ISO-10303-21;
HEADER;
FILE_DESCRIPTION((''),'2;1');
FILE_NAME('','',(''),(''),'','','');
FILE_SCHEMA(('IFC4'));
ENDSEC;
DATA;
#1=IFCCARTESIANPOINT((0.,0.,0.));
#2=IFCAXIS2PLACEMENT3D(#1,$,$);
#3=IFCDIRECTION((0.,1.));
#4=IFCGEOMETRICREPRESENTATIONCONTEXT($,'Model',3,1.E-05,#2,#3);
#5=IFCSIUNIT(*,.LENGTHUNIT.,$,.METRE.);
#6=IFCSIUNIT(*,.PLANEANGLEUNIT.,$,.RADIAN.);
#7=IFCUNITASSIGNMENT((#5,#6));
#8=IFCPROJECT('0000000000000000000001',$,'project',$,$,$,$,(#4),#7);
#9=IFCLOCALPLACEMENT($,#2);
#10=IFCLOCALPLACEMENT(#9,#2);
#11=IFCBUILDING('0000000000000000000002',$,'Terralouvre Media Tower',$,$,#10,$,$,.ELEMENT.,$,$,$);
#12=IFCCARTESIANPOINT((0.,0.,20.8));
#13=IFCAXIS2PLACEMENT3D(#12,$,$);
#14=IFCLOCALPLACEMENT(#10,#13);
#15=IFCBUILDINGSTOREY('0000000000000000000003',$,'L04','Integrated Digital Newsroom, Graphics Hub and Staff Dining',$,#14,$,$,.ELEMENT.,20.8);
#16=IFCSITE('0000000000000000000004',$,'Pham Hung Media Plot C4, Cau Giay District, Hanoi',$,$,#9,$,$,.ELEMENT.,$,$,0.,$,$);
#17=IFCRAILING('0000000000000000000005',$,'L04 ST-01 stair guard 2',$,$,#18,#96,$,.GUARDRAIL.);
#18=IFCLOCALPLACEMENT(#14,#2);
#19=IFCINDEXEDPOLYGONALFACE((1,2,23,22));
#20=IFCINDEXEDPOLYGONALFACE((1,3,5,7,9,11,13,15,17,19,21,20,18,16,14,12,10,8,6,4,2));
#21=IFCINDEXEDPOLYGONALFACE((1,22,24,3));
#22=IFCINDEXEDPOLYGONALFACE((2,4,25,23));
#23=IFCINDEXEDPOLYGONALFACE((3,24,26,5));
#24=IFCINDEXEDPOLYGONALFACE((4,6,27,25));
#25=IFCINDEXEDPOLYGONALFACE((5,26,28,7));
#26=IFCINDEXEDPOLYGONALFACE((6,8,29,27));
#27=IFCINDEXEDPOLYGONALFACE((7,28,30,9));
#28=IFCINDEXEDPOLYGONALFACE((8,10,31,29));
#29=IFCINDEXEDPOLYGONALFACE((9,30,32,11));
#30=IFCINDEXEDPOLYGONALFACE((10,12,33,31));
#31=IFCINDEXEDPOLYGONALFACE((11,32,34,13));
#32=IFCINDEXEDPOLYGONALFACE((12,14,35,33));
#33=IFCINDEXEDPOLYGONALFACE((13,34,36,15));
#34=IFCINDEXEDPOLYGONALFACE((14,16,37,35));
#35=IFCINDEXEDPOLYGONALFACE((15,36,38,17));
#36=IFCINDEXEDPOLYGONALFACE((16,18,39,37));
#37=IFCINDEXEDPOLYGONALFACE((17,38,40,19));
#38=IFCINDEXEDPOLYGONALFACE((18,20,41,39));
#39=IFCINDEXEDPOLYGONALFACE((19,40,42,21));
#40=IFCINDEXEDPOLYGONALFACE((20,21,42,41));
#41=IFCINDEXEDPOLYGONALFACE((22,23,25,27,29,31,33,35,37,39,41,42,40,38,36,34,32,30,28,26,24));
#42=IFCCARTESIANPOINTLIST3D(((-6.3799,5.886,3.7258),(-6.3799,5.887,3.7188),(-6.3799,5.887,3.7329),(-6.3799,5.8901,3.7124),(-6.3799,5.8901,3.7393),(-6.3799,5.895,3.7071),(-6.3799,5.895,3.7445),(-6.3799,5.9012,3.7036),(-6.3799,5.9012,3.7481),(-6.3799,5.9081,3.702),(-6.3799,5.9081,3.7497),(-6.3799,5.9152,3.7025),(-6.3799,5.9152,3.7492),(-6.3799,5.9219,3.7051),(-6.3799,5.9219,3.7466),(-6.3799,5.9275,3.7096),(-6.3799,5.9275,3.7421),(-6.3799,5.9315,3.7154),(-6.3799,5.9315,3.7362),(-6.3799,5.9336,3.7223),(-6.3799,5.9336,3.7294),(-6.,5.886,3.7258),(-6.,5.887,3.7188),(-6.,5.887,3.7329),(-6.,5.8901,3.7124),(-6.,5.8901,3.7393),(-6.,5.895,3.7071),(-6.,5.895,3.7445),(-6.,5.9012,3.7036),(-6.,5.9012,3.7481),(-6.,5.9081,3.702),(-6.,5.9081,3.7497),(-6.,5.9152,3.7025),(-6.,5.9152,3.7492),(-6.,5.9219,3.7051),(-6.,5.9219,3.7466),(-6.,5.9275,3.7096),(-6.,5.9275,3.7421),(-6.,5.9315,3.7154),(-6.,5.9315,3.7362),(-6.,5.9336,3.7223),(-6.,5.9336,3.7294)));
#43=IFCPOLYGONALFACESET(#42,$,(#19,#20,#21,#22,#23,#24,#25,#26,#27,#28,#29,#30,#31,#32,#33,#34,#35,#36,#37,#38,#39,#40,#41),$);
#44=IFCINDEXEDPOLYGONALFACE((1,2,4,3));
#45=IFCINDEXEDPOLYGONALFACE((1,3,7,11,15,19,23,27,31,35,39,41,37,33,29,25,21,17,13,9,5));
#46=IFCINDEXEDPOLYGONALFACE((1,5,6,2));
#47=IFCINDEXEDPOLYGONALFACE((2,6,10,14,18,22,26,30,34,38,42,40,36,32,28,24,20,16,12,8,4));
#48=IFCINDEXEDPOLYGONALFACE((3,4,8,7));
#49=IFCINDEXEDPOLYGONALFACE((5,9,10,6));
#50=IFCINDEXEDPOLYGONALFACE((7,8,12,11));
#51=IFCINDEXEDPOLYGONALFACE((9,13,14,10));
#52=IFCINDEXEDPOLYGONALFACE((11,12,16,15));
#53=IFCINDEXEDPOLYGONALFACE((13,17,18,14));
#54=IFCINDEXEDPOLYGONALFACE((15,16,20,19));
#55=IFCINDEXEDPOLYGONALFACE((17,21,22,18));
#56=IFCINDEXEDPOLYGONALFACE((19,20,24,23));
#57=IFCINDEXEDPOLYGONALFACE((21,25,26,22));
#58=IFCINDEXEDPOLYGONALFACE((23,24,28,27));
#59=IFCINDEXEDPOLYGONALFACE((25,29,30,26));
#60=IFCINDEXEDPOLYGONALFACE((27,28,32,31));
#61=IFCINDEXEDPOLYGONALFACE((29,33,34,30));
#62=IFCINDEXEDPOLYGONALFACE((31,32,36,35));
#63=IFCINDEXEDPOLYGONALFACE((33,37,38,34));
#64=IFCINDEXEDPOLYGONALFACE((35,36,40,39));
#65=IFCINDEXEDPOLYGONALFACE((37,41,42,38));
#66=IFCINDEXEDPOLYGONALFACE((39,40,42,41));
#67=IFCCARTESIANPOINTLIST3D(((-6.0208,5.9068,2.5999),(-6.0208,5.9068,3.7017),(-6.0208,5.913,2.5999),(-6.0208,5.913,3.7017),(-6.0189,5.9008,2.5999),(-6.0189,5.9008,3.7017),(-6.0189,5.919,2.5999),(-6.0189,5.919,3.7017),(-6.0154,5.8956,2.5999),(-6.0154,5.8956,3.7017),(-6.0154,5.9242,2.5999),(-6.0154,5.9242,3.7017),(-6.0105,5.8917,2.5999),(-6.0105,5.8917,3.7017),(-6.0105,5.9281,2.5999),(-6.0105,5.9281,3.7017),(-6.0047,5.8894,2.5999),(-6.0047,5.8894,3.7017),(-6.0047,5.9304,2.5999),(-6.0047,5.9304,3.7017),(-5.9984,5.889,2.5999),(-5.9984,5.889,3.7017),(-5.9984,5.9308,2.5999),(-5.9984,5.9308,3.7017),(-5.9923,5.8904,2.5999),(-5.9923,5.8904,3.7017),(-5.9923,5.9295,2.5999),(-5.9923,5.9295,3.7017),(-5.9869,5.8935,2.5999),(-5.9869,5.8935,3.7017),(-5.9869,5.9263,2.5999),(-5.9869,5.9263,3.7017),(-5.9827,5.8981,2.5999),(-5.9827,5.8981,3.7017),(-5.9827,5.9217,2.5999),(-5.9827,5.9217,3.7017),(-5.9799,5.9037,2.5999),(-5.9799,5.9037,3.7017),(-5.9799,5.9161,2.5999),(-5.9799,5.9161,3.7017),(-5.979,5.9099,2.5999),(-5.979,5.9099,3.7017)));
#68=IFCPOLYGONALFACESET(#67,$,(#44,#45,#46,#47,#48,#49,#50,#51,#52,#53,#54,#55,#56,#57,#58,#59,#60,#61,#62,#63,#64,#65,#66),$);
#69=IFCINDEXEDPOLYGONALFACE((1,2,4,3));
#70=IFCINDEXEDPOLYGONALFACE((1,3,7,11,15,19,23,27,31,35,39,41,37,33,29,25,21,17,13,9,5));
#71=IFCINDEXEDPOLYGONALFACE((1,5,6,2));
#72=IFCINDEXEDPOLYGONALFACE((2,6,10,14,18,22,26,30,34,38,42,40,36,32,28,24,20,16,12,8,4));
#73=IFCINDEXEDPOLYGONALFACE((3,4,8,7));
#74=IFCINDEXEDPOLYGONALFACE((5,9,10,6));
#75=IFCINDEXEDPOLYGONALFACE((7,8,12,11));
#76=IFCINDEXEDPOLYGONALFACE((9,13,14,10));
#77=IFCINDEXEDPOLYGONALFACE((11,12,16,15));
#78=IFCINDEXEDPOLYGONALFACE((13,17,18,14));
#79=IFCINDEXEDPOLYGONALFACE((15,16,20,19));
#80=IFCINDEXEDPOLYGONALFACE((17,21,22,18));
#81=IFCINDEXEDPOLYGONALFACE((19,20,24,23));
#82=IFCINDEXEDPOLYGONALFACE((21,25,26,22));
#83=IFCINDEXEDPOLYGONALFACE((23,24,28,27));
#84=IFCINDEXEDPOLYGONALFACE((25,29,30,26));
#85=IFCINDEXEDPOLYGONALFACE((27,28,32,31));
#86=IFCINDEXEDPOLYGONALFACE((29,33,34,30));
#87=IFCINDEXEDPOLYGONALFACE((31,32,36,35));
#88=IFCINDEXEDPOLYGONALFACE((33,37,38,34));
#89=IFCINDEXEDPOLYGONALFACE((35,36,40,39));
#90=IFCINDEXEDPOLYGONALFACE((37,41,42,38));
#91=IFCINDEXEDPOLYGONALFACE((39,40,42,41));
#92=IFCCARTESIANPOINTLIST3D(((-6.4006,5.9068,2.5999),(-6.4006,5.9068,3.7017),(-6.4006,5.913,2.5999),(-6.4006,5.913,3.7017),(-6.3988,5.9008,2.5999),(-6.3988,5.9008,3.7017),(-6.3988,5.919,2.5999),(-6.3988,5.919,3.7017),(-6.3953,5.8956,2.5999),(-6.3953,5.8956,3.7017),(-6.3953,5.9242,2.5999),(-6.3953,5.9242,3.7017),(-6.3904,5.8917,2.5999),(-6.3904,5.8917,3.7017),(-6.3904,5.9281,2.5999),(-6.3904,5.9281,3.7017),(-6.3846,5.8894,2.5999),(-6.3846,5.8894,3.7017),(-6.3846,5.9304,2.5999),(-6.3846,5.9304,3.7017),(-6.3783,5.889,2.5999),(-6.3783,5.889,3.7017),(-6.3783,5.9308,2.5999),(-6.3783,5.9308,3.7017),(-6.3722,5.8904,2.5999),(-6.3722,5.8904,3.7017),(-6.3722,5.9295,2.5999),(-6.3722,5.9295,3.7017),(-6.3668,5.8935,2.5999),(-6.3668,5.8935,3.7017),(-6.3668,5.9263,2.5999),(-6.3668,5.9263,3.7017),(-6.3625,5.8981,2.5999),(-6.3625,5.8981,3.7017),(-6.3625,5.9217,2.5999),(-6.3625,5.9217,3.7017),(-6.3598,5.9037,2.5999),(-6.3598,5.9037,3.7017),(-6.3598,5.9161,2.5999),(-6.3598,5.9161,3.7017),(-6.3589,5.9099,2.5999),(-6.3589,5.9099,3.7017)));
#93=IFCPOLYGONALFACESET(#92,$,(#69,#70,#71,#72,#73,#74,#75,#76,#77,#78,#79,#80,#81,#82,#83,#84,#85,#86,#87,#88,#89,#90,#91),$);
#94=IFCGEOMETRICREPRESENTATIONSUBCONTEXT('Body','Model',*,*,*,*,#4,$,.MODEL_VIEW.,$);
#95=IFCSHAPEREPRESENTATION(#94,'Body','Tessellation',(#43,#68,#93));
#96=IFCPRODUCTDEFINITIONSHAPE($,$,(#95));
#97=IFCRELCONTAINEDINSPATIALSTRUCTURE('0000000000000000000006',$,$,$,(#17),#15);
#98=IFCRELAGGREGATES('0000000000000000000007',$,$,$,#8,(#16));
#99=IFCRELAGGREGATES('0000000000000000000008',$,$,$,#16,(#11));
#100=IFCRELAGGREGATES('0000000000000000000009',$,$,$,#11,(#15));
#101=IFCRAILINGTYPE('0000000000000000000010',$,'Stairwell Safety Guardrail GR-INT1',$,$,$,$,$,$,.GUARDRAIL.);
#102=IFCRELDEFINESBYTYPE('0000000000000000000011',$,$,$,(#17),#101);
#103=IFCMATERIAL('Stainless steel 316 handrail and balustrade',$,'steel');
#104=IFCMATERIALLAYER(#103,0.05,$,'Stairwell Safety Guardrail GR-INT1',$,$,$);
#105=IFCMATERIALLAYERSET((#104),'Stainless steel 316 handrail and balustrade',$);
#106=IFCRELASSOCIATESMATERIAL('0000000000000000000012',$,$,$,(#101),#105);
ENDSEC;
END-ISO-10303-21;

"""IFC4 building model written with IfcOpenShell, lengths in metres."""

from ifc_helpers import new_model, si_unit, direction, frame, origin, origin_2d, place, context, subcontext, project, spatial, circle, extrude, material, layer, layer_set, type_object, element, save


model = new_model("IFC4")

# Units and contexts
model_context = context("Model", 3, precision=1e-05, world=origin(), true_north=direction((0.0, 1.0)))
body_context = subcontext(model_context, "Body", "Model", "MODEL_VIEW")
ifc_project = project(units=[si_unit("LENGTHUNIT", "METRE"), si_unit("PLANEANGLEUNIT", "RADIAN")], contexts=[model_context])

# Site, building, storey
site_placement = place(None, origin())
site = spatial("IfcSite", under=ifc_project, at=site_placement, Name="Pham Hung Media Plot C4, Cau Giay District, Hanoi", CompositionType="ELEMENT", RefElevation=0.0)
building_placement = place(site_placement, origin())
building = spatial("IfcBuilding", under=site, at=building_placement, Name="Terralouvre Media Tower", CompositionType="ELEMENT")
storey_placement = place(building_placement, frame((0.0, 0.0, 20.8)))
storey = spatial("IfcBuildingStorey", under=building, at=storey_placement, Name="L04", Description="Integrated Digital Newsroom, Graphics Hub and Staff Dining", CompositionType="ELEMENT", Elevation=20.8)

# Railing
ifc_material_1 = material(Name="Stainless steel 316 handrail and balustrade", Category="steel")
ifc_layer_1 = layer(ifc_material_1, 0.05, Name="Stairwell Safety Guardrail GR-INT1")
ifc_layer_set_1 = layer_set([ifc_layer_1], Name="Stainless steel 316 handrail and balustrade")
railing_type_1 = type_object("IfcRailingType", Name="Stairwell Safety Guardrail GR-INT1", PredefinedType="GUARDRAIL", material=ifc_layer_set_1)
railing_1_placement = place(storey_placement, frame((-6.0, 5.9099, 2.5999)))
element("IfcRailing", 1, at=railing_1_placement, inside=storey, type_object=railing_type_1, Name="L04 ST-01 stair guard 2", PredefinedType="GUARDRAIL", context=body_context, shape_type="SweptSolid", body=[
    extrude(circle(Radius=0.0239, at=origin_2d()), frame((0.0, 0.0, 1.126), z_axis=(-1.0, 0.0, 0.0), x_axis=(0.0, -1.0, 0.0)), (0.0, 0.0, 1.0), 0.3799),
    extrude(circle(Radius=0.021, at=origin_2d()), origin(), (0.0, 0.0, 1.0), 1.1018),
    extrude(circle(Radius=0.021, at=origin_2d()), frame((-0.3799, 0.0, 0.0)), (0.0, 0.0, 1.0), 1.1018),
])

save(model, "model.ifc")
